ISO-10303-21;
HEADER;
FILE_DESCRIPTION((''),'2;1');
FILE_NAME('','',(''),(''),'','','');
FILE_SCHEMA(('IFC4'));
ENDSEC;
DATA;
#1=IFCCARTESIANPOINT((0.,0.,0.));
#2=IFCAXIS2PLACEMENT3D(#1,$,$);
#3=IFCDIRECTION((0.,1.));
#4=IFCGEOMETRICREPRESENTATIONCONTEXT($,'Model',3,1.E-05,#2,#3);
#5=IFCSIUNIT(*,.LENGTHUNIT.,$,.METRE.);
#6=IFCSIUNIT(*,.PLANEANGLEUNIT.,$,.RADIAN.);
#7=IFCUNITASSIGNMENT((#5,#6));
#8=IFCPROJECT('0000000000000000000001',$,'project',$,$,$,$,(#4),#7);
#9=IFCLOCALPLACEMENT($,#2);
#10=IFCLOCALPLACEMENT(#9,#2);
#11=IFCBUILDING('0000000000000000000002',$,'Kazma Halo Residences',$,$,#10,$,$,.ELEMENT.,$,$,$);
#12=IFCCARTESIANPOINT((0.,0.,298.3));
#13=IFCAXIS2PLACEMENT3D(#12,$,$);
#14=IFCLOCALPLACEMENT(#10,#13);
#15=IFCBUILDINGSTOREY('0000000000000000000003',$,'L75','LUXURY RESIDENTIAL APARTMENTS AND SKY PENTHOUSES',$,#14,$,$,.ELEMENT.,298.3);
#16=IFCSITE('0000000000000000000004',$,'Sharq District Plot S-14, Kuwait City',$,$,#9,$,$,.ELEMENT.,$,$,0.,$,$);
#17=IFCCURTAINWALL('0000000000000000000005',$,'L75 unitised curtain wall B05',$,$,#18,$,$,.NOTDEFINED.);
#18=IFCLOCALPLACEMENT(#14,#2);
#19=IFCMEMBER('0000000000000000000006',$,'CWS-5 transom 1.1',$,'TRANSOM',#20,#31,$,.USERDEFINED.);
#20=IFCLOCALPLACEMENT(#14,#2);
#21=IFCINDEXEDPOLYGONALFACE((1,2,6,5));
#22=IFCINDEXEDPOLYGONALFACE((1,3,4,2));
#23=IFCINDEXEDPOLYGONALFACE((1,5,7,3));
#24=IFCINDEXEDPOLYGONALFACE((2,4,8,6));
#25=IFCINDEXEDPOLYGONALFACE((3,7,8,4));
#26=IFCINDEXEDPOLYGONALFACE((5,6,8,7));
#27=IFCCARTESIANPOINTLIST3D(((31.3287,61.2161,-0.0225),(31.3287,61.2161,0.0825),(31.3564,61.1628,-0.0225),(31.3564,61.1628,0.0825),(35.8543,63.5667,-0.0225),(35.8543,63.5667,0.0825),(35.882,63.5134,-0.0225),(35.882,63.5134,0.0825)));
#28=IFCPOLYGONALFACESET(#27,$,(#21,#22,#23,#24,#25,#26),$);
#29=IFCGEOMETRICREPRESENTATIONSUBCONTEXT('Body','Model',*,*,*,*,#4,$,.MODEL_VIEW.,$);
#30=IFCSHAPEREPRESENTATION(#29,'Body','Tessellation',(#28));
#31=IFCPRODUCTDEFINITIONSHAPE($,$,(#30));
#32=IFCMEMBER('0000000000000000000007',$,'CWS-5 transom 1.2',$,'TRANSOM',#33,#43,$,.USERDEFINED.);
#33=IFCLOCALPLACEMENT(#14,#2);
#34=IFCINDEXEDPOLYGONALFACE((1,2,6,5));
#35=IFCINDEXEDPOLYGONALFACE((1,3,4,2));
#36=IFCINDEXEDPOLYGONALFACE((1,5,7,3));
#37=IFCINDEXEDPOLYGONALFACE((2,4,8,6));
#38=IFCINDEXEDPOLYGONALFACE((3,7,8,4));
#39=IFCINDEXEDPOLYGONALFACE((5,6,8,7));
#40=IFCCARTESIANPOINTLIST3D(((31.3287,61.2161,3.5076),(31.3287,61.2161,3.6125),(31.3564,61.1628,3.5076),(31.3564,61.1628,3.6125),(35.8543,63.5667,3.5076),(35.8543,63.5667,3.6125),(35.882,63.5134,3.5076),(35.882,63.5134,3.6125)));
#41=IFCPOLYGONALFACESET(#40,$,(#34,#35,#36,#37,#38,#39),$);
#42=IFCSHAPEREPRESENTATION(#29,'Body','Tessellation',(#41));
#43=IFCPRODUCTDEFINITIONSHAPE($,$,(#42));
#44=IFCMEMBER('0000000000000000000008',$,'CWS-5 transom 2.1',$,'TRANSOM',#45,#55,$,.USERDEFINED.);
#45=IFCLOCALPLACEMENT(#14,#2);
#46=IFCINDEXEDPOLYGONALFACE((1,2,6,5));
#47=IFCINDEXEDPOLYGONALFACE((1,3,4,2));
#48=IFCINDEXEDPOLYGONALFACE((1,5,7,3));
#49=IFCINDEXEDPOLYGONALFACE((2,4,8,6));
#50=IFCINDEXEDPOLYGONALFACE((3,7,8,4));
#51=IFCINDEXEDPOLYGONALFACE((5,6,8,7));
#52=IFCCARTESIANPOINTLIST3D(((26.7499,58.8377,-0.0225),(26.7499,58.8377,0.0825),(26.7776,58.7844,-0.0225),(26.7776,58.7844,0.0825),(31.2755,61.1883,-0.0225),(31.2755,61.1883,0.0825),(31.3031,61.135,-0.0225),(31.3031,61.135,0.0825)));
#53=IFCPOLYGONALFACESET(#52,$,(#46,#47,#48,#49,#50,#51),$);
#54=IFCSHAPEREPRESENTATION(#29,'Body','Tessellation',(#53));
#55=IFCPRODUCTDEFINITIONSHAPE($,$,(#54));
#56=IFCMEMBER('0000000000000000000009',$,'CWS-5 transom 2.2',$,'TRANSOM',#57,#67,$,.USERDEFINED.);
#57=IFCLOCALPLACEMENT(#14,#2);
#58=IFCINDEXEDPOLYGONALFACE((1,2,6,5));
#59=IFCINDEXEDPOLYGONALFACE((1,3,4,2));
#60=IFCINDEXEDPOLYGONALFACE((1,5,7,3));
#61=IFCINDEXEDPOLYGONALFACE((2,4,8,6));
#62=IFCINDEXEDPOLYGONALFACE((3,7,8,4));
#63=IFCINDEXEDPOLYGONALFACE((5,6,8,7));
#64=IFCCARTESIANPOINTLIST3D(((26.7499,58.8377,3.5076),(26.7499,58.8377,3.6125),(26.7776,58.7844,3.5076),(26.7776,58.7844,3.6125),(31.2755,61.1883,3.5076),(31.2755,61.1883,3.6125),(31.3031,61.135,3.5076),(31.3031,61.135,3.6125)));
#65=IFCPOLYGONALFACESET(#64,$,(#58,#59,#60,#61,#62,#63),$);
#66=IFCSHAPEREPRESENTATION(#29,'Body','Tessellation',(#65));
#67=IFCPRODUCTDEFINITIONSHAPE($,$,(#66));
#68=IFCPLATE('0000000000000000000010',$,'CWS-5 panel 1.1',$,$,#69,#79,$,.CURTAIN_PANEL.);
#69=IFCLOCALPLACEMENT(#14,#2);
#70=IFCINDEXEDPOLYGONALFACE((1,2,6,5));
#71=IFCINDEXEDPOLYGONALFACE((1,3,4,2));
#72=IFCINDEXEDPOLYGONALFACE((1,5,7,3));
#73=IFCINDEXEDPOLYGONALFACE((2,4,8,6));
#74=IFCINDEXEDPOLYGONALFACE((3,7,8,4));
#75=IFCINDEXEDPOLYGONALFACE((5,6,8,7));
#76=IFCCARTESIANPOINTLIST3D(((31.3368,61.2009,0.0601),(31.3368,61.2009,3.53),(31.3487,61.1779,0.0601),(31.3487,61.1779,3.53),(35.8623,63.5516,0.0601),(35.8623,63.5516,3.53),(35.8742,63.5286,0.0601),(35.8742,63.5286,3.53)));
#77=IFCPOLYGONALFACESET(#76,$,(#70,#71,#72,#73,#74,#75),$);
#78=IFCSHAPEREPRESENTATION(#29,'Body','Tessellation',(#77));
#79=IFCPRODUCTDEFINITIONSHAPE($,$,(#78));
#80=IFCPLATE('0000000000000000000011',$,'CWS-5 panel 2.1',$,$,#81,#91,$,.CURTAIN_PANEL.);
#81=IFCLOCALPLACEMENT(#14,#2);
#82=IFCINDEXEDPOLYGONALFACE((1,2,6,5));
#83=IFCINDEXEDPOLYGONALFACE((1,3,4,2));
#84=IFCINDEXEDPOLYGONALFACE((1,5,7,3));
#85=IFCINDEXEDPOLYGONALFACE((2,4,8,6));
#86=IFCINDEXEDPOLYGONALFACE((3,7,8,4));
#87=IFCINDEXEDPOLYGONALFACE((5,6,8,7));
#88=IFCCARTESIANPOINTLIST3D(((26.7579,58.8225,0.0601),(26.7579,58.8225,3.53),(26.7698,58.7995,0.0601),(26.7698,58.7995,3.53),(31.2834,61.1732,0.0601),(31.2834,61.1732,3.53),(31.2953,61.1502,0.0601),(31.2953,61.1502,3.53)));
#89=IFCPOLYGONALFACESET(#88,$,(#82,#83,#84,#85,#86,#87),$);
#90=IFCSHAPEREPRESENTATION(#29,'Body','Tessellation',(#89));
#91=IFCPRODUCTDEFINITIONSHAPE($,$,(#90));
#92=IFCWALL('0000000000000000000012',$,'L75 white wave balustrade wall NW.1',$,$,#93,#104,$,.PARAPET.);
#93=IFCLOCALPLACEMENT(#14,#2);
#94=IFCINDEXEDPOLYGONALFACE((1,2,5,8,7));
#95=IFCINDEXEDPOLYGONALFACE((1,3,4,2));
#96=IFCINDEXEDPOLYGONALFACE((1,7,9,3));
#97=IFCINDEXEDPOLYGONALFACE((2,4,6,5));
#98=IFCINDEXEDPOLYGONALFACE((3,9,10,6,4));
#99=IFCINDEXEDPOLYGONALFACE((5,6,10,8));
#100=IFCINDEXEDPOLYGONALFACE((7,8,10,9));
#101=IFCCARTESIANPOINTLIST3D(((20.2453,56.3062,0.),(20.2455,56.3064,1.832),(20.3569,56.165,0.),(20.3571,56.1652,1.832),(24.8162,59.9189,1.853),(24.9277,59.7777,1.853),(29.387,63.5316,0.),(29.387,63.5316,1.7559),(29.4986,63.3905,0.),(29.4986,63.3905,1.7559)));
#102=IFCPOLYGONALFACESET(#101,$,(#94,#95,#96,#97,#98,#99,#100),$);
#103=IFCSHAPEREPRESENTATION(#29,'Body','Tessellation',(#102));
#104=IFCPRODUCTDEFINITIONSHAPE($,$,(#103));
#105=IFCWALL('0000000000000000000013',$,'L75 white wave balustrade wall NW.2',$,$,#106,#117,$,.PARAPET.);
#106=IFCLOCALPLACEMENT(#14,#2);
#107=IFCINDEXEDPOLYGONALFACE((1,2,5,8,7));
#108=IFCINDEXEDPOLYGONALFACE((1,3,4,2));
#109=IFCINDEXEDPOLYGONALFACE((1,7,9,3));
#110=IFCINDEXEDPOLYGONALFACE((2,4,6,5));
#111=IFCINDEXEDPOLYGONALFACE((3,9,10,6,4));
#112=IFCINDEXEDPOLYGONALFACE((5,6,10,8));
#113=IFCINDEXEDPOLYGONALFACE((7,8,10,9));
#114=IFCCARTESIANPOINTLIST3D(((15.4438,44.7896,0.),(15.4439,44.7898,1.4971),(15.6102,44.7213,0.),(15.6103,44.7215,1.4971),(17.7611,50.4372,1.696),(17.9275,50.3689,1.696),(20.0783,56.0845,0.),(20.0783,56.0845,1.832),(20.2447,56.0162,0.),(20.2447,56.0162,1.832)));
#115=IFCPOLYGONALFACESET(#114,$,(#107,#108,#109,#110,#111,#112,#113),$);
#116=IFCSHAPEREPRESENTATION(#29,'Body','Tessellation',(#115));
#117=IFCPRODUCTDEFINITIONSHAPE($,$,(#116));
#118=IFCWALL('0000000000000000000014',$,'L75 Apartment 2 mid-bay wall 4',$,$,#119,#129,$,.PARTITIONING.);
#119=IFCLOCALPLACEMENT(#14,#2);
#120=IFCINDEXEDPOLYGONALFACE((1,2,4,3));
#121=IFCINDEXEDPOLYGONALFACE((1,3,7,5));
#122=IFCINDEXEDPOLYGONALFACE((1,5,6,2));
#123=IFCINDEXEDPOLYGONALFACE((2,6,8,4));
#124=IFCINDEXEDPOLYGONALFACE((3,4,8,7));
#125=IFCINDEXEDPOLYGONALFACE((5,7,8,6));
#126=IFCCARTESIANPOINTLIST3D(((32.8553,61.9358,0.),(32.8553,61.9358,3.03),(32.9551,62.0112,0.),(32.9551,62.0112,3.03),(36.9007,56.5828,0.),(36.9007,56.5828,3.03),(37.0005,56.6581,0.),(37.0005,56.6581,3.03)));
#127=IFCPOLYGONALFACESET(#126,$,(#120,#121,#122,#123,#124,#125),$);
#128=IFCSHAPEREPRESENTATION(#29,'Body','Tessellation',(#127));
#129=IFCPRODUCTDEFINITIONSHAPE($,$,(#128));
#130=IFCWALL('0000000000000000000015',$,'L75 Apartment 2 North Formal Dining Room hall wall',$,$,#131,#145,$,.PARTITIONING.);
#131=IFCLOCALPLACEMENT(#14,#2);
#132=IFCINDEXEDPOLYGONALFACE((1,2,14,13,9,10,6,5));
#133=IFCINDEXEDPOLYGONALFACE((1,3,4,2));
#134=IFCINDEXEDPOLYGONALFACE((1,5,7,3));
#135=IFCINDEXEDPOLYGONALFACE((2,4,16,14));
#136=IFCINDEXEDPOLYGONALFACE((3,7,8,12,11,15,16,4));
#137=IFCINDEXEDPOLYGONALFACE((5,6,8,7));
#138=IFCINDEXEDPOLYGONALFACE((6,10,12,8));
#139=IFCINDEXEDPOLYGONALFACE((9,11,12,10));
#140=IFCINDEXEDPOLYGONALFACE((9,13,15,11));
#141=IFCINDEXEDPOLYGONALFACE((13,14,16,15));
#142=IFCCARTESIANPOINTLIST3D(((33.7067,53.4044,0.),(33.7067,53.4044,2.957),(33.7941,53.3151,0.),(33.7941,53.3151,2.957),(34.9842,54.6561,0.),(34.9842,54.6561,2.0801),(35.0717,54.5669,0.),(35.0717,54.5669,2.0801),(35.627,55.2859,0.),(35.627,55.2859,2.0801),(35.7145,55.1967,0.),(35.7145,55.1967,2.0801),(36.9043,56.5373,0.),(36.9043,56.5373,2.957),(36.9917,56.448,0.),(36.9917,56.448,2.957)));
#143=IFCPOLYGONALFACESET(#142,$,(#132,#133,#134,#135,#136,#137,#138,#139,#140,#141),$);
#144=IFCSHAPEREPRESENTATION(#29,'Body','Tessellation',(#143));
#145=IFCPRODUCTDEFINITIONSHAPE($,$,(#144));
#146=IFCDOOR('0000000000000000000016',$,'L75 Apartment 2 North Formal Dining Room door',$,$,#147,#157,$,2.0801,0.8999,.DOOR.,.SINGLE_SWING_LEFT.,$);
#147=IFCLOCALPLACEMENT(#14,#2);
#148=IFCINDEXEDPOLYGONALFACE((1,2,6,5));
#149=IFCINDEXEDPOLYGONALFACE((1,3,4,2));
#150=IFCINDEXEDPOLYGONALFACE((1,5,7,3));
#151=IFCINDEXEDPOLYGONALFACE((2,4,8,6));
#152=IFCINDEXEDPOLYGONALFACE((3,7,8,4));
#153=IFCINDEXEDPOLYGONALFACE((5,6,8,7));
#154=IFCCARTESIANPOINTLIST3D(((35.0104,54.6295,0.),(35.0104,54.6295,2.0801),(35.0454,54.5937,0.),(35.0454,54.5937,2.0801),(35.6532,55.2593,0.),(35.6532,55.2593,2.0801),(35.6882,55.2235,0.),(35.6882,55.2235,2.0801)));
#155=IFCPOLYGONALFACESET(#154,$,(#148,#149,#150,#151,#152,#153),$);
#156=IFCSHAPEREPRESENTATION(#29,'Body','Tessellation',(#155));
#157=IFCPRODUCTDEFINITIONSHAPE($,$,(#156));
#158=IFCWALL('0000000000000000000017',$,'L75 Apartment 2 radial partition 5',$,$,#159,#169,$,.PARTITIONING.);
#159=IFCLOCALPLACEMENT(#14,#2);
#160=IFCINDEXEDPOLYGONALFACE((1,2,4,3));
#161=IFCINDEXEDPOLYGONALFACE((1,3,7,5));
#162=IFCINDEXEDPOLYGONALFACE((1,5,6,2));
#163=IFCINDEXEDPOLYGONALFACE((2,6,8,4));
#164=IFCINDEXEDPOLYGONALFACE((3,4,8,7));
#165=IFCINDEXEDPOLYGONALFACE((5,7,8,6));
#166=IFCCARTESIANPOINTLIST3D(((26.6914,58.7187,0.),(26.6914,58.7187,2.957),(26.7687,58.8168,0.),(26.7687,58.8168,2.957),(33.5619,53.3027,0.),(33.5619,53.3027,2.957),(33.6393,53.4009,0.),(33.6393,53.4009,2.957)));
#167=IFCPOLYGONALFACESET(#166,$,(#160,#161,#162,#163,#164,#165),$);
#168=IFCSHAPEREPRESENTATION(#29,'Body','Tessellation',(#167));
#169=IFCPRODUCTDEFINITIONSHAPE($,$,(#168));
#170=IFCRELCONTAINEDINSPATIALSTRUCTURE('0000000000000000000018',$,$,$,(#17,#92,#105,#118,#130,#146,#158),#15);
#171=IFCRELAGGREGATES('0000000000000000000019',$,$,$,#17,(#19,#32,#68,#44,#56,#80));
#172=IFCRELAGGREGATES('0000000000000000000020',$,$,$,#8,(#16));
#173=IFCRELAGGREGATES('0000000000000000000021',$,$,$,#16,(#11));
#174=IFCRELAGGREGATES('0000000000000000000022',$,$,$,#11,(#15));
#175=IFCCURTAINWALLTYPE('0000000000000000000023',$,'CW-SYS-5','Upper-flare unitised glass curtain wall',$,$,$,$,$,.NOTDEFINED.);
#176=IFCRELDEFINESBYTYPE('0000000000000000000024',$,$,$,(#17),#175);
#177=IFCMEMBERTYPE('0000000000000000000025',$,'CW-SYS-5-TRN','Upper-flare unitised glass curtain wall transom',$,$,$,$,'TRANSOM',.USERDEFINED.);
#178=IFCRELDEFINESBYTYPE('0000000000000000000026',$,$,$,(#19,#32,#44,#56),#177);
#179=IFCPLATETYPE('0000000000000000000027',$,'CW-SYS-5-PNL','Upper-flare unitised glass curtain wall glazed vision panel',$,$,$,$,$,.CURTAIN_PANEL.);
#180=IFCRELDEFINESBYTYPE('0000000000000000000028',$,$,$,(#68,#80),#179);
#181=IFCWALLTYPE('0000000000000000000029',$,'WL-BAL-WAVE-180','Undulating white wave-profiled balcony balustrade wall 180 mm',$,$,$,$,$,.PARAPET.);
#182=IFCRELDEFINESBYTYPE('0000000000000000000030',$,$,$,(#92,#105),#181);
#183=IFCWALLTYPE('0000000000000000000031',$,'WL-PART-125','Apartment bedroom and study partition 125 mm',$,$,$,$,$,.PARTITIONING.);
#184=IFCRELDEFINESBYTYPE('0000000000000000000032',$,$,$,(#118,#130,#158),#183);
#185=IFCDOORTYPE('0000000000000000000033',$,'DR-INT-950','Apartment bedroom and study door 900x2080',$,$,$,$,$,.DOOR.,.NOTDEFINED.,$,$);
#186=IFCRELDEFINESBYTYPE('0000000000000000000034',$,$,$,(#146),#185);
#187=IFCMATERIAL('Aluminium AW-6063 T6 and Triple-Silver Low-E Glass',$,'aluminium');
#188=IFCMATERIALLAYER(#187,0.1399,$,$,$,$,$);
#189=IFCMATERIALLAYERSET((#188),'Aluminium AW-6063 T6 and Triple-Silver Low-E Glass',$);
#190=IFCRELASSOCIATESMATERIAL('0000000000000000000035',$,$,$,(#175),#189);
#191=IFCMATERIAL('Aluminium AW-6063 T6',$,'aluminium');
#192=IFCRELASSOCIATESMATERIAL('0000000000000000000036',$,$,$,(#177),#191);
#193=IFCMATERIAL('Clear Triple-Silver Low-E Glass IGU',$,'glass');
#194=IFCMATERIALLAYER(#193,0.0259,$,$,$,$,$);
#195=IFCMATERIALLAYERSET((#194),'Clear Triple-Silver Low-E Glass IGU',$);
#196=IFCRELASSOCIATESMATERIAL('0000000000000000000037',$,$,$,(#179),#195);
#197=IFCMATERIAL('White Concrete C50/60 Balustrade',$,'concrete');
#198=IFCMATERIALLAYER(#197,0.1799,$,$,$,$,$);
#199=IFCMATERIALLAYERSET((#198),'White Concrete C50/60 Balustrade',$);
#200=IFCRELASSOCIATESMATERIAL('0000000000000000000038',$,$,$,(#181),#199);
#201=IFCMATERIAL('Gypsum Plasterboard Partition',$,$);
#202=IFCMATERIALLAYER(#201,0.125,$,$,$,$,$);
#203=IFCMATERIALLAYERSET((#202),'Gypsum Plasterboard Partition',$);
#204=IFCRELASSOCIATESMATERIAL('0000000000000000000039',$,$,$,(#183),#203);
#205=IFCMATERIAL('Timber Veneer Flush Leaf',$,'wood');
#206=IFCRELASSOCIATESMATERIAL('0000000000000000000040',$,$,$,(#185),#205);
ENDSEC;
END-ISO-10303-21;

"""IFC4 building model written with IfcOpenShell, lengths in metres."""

from ifc_helpers import new_model, si_unit, direction, frame, frame_2d, origin, origin_2d, place, context, subcontext, project, spatial, polyline, rectangle, outline, extrude, material, layer, layer_set, material_profile, profile_set, type_object, element, fill, aggregate, save


model = new_model("IFC4")

# Units and contexts
model_context = context("Model", 3, precision=1e-05, world=origin(), true_north=direction((0.0, 1.0)))
body_context = subcontext(model_context, "Body", "Model", "MODEL_VIEW")
ifc_project = project(units=[si_unit("LENGTHUNIT", "METRE"), si_unit("PLANEANGLEUNIT", "RADIAN")], contexts=[model_context])

# Site, building, storey
site_placement = place(None, origin())
site = spatial("IfcSite", under=ifc_project, at=site_placement, Name="Sharq District Plot S-14, Kuwait City", CompositionType="ELEMENT", RefElevation=0.0)
building_placement = place(site_placement, origin())
building = spatial("IfcBuilding", under=site, at=building_placement, Name="Kazma Halo Residences", CompositionType="ELEMENT")
storey_placement = place(building_placement, frame((0.0, 0.0, 298.3)))
storey = spatial("IfcBuildingStorey", under=building, at=storey_placement, Name="L75", Description="LUXURY RESIDENTIAL APARTMENTS AND SKY PENTHOUSES", CompositionType="ELEMENT", Elevation=298.3)

# Curtain wall, members, plates
ifc_material_1 = material(Name="Aluminium AW-6063 T6 and Triple-Silver Low-E Glass", Category="aluminium")
ifc_layer_1 = layer(ifc_material_1, 0.1399)
ifc_layer_set_1 = layer_set([ifc_layer_1], Name="Aluminium AW-6063 T6 and Triple-Silver Low-E Glass")
curtain_wall_type = type_object("IfcCurtainWallType", Name="CW-SYS-5", Description="Upper-flare unitised glass curtain wall", PredefinedType="NOTDEFINED", material=ifc_layer_set_1)
curtain_wall_placement = place(storey_placement, origin())
curtain_wall = element("IfcCurtainWall", 1, at=curtain_wall_placement, inside=storey, type_object=curtain_wall_type, Name="L75 unitised curtain wall B05", PredefinedType="NOTDEFINED")
ifc_material_2 = material(Name="Aluminium AW-6063 T6", Category="aluminium")
ifc_material_profile_1 = material_profile(ifc_material_2, rectangle(XDim=0.0601, YDim=0.105, at=origin_2d()), Name="CWT-60x105")
ifc_profile_set_1 = profile_set([ifc_material_profile_1], Name="Aluminium AW-6063 T6")
member_type_1 = type_object("IfcMemberType", Name="CW-SYS-5-TRN", Description="Upper-flare unitised glass curtain wall transom", ElementType="TRANSOM", PredefinedType="USERDEFINED", material=ifc_profile_set_1)
member_1_placement = place(storey_placement, frame((35.8682, 63.54, 0.03), z_axis=(-0.887437, -0.460929, 0.0), x_axis=(0.460929, -0.887437, 0.0)))
member_1 = element("IfcMember", 2, at=member_1_placement, type_object=member_type_1, Name="CWS-5 transom 1.1", ObjectType="TRANSOM", PredefinedType="USERDEFINED", context=body_context, shape_type="SweptSolid", body=[
    extrude(rectangle(XDim=0.0601, YDim=0.105, at=origin_2d()), origin(), (0.0, 0.0, 1.0), 5.0996),
])
member_2_placement = place(storey_placement, frame((35.8682, 63.54, 3.5601), z_axis=(-0.887437, -0.460929, 0.0), x_axis=(0.460929, -0.887437, 0.0)))
member_2 = element("IfcMember", 3, at=member_2_placement, type_object=member_type_1, Name="CWS-5 transom 1.2", ObjectType="TRANSOM", PredefinedType="USERDEFINED", context=body_context, shape_type="SweptSolid", body=[
    extrude(rectangle(XDim=0.0601, YDim=0.105, at=origin_2d()), origin(), (0.0, 0.0, 1.0), 5.0996),
])
member_3_placement = place(storey_placement, frame((31.2893, 61.1616, 0.03), z_axis=(-0.887437, -0.460929, 0.0), x_axis=(0.460929, -0.887437, 0.0)))
member_3 = element("IfcMember", 4, at=member_3_placement, type_object=member_type_1, Name="CWS-5 transom 2.1", ObjectType="TRANSOM", PredefinedType="USERDEFINED", context=body_context, shape_type="SweptSolid", body=[
    extrude(rectangle(XDim=0.0601, YDim=0.105, at=origin_2d()), origin(), (0.0, 0.0, 1.0), 5.0996),
])
member_4_placement = place(storey_placement, frame((31.2893, 61.1616, 3.5601), z_axis=(-0.887437, -0.460929, 0.0), x_axis=(0.460929, -0.887437, 0.0)))
member_4 = element("IfcMember", 5, at=member_4_placement, type_object=member_type_1, Name="CWS-5 transom 2.2", ObjectType="TRANSOM", PredefinedType="USERDEFINED", context=body_context, shape_type="SweptSolid", body=[
    extrude(rectangle(XDim=0.0601, YDim=0.105, at=origin_2d()), origin(), (0.0, 0.0, 1.0), 5.0996),
])
ifc_material_3 = material(Name="Clear Triple-Silver Low-E Glass IGU", Category="glass")
ifc_layer_2 = layer(ifc_material_3, 0.0259)
ifc_layer_set_2 = layer_set([ifc_layer_2], Name="Clear Triple-Silver Low-E Glass IGU")
plate_type = type_object("IfcPlateType", Name="CW-SYS-5-PNL", Description="Upper-flare unitised glass curtain wall glazed vision panel", PredefinedType="CURTAIN_PANEL", material=ifc_layer_set_2)
plate_1_placement = place(storey_placement, frame((33.6055, 62.3647, 0.0601), z_axis=(0.0, 0.0, 1.0), x_axis=(-0.887421, -0.460961, 0.0)))
plate_1 = element("IfcPlate", 6, at=plate_1_placement, type_object=plate_type, Name="CWS-5 panel 1.1", PredefinedType="CURTAIN_PANEL", context=body_context, shape_type="SweptSolid", body=[
    extrude(rectangle(XDim=5.0996, YDim=0.0259, at=origin_2d()), origin(), (0.0, 0.0, 1.0), 3.47),
])
plate_2_placement = place(storey_placement, frame((29.0266, 59.9863, 0.0601), z_axis=(0.0, 0.0, 1.0), x_axis=(-0.887421, -0.460961, 0.0)))
plate_2 = element("IfcPlate", 7, at=plate_2_placement, type_object=plate_type, Name="CWS-5 panel 2.1", PredefinedType="CURTAIN_PANEL", context=body_context, shape_type="SweptSolid", body=[
    extrude(rectangle(XDim=5.0996, YDim=0.0259, at=origin_2d()), origin(), (0.0, 0.0, 1.0), 3.47),
])
aggregate(curtain_wall, [member_1, member_2, plate_1, member_3, member_4, plate_2])

# Walls
ifc_material_4 = material(Name="White Concrete C50/60 Balustrade", Category="concrete")
ifc_layer_3 = layer(ifc_material_4, 0.1799)
ifc_layer_set_3 = layer_set([ifc_layer_3], Name="White Concrete C50/60 Balustrade")
wall_type_1 = type_object("IfcWallType", Name="WL-BAL-WAVE-180", Description="Undulating white wave-profiled balcony balustrade wall 180 mm", PredefinedType="PARAPET", material=ifc_layer_set_3)
wall_1_placement = place(storey_placement, frame((29.4429, 63.4609, 0.0), z_axis=(0.0, 0.0, 1.0), x_axis=(-0.784537, -0.620082, 0.0)))
element("IfcWall", 8, at=wall_1_placement, inside=storey, type_object=wall_type_1, Name="L75 white wave balustrade wall NW.1", PredefinedType="PARAPET", context=body_context, shape_type="SweptSolid", body=[
    extrude(outline(polyline([(0.0, 0.0), (11.6523, 0.0), (11.6521, 1.832), (5.8262, 1.853), (0.0, 1.7559), (0.0, 0.0)])), frame((0.0, 0.0898, 0.0), z_axis=(0.0, -1.0, 0.0), x_axis=(1.0, 0.0, 0.0)), (0.0, 0.0, 1.0), 0.1799),
])
wall_2_placement = place(storey_placement, frame((20.1616, 56.0503, 0.0), z_axis=(0.0, 0.0, 1.0), x_axis=(-0.379606, -0.925148, 0.0)))
element("IfcWall", 9, at=wall_2_placement, inside=storey, type_object=wall_type_1, Name="L75 white wave balustrade wall NW.2", PredefinedType="PARAPET", context=body_context, shape_type="SweptSolid", body=[
    extrude(outline(polyline([(0.0, 0.0), (12.2087, 0.0), (12.2085, 1.4971), (6.1042, 1.696), (0.0, 1.832), (0.0, 0.0)])), frame((0.0, 0.0898, 0.0), z_axis=(0.0, -1.0, 0.0), x_axis=(1.0, 0.0, 0.0)), (0.0, 0.0, 1.0), 0.1799),
])

# Wall
ifc_material_5 = material(Name="Gypsum Plasterboard Partition")
ifc_layer_4 = layer(ifc_material_5, 0.125)
ifc_layer_set_4 = layer_set([ifc_layer_4], Name="Gypsum Plasterboard Partition")
wall_type_2 = type_object("IfcWallType", Name="WL-PART-125", Description="Apartment bedroom and study partition 125 mm", PredefinedType="PARTITIONING", material=ifc_layer_set_4)
wall_3_placement = place(storey_placement, frame((36.9507, 56.6204, 0.0), z_axis=(0.0, 0.0, 1.0), x_axis=(-0.602919, 0.797803, 0.0)))
element("IfcWall", 10, at=wall_3_placement, inside=storey, type_object=wall_type_2, Name="L75 Apartment 2 mid-bay wall 4", PredefinedType="PARTITIONING", context=body_context, shape_type="SweptSolid", body=[
    extrude(rectangle(XDim=6.7097, YDim=0.125, at=frame_2d((3.355, 0.0))), origin(), (0.0, 0.0, 1.0), 3.03),
])

# Wall, opening, door
wall_4_placement = place(storey_placement, frame((36.948, 56.4927, 0.0), z_axis=(0.0, 0.0, 1.0), x_axis=(-0.714296, -0.699843, 0.0)))
wall_4 = element("IfcWall", 11, at=wall_4_placement, inside=storey, type_object=wall_type_2, Name="L75 Apartment 2 North Formal Dining Room hall wall", PredefinedType="PARTITIONING", context=body_context, shape_type="SweptSolid", body=[
    extrude(rectangle(XDim=4.4766, YDim=0.125, at=frame_2d((2.2383, 0.0))), origin(), (0.0, 0.0, 1.0), 2.957),
])
opening_1_placement = place(wall_4_placement, frame((1.7881, 0.0, 0.0)))
opening_1 = element("IfcOpeningElement", 12, at=opening_1_placement, cuts=wall_4, PredefinedType="OPENING", context=body_context, shape_type="SweptSolid", body=[
    extrude(rectangle(XDim=0.8999, YDim=2.0801, at=frame_2d((0.45, 1.04))), frame((0.0, 0.0725, 0.0), z_axis=(0.0, -1.0, 0.0), x_axis=(1.0, 0.0, 0.0)), (0.0, 0.0, 1.0), 0.145),
])
ifc_material_6 = material(Name="Timber Veneer Flush Leaf", Category="wood")
door_type_1 = type_object("IfcDoorType", Name="DR-INT-950", Description="Apartment bedroom and study door 900x2080", OperationType="NOTDEFINED", PredefinedType="DOOR", material=ifc_material_6)
door_1_placement = place(opening_1_placement, origin())
door_1 = element("IfcDoor", 13, at=door_1_placement, inside=storey, type_object=door_type_1, Name="L75 Apartment 2 North Formal Dining Room door", OperationType="SINGLE_SWING_LEFT", OverallHeight=2.0801, OverallWidth=0.8999, PredefinedType="DOOR", context=body_context, shape_type="SweptSolid", body=[
    extrude(rectangle(XDim=0.8999, YDim=2.0801, at=frame_2d((0.45, 1.04))), frame((0.0, 0.0249, 0.0), z_axis=(0.0, -1.0, 0.0), x_axis=(1.0, 0.0, 0.0)), (0.0, 0.0, 1.0), 0.05),
])
fill(opening_1, door_1)

# Wall
wall_5_placement = place(storey_placement, frame((33.6006, 53.3518, 0.0), z_axis=(0.0, 0.0, 1.0), x_axis=(-0.785335, 0.61907, 0.0)))
element("IfcWall", 14, at=wall_5_placement, inside=storey, type_object=wall_type_2, Name="L75 Apartment 2 radial partition 5", PredefinedType="PARTITIONING", context=body_context, shape_type="SweptSolid", body=[
    extrude(rectangle(XDim=8.7485, YDim=0.125, at=frame_2d((4.3743, 0.0))), origin(), (0.0, 0.0, 1.0), 2.957),
])

save(model, "model.ifc")
